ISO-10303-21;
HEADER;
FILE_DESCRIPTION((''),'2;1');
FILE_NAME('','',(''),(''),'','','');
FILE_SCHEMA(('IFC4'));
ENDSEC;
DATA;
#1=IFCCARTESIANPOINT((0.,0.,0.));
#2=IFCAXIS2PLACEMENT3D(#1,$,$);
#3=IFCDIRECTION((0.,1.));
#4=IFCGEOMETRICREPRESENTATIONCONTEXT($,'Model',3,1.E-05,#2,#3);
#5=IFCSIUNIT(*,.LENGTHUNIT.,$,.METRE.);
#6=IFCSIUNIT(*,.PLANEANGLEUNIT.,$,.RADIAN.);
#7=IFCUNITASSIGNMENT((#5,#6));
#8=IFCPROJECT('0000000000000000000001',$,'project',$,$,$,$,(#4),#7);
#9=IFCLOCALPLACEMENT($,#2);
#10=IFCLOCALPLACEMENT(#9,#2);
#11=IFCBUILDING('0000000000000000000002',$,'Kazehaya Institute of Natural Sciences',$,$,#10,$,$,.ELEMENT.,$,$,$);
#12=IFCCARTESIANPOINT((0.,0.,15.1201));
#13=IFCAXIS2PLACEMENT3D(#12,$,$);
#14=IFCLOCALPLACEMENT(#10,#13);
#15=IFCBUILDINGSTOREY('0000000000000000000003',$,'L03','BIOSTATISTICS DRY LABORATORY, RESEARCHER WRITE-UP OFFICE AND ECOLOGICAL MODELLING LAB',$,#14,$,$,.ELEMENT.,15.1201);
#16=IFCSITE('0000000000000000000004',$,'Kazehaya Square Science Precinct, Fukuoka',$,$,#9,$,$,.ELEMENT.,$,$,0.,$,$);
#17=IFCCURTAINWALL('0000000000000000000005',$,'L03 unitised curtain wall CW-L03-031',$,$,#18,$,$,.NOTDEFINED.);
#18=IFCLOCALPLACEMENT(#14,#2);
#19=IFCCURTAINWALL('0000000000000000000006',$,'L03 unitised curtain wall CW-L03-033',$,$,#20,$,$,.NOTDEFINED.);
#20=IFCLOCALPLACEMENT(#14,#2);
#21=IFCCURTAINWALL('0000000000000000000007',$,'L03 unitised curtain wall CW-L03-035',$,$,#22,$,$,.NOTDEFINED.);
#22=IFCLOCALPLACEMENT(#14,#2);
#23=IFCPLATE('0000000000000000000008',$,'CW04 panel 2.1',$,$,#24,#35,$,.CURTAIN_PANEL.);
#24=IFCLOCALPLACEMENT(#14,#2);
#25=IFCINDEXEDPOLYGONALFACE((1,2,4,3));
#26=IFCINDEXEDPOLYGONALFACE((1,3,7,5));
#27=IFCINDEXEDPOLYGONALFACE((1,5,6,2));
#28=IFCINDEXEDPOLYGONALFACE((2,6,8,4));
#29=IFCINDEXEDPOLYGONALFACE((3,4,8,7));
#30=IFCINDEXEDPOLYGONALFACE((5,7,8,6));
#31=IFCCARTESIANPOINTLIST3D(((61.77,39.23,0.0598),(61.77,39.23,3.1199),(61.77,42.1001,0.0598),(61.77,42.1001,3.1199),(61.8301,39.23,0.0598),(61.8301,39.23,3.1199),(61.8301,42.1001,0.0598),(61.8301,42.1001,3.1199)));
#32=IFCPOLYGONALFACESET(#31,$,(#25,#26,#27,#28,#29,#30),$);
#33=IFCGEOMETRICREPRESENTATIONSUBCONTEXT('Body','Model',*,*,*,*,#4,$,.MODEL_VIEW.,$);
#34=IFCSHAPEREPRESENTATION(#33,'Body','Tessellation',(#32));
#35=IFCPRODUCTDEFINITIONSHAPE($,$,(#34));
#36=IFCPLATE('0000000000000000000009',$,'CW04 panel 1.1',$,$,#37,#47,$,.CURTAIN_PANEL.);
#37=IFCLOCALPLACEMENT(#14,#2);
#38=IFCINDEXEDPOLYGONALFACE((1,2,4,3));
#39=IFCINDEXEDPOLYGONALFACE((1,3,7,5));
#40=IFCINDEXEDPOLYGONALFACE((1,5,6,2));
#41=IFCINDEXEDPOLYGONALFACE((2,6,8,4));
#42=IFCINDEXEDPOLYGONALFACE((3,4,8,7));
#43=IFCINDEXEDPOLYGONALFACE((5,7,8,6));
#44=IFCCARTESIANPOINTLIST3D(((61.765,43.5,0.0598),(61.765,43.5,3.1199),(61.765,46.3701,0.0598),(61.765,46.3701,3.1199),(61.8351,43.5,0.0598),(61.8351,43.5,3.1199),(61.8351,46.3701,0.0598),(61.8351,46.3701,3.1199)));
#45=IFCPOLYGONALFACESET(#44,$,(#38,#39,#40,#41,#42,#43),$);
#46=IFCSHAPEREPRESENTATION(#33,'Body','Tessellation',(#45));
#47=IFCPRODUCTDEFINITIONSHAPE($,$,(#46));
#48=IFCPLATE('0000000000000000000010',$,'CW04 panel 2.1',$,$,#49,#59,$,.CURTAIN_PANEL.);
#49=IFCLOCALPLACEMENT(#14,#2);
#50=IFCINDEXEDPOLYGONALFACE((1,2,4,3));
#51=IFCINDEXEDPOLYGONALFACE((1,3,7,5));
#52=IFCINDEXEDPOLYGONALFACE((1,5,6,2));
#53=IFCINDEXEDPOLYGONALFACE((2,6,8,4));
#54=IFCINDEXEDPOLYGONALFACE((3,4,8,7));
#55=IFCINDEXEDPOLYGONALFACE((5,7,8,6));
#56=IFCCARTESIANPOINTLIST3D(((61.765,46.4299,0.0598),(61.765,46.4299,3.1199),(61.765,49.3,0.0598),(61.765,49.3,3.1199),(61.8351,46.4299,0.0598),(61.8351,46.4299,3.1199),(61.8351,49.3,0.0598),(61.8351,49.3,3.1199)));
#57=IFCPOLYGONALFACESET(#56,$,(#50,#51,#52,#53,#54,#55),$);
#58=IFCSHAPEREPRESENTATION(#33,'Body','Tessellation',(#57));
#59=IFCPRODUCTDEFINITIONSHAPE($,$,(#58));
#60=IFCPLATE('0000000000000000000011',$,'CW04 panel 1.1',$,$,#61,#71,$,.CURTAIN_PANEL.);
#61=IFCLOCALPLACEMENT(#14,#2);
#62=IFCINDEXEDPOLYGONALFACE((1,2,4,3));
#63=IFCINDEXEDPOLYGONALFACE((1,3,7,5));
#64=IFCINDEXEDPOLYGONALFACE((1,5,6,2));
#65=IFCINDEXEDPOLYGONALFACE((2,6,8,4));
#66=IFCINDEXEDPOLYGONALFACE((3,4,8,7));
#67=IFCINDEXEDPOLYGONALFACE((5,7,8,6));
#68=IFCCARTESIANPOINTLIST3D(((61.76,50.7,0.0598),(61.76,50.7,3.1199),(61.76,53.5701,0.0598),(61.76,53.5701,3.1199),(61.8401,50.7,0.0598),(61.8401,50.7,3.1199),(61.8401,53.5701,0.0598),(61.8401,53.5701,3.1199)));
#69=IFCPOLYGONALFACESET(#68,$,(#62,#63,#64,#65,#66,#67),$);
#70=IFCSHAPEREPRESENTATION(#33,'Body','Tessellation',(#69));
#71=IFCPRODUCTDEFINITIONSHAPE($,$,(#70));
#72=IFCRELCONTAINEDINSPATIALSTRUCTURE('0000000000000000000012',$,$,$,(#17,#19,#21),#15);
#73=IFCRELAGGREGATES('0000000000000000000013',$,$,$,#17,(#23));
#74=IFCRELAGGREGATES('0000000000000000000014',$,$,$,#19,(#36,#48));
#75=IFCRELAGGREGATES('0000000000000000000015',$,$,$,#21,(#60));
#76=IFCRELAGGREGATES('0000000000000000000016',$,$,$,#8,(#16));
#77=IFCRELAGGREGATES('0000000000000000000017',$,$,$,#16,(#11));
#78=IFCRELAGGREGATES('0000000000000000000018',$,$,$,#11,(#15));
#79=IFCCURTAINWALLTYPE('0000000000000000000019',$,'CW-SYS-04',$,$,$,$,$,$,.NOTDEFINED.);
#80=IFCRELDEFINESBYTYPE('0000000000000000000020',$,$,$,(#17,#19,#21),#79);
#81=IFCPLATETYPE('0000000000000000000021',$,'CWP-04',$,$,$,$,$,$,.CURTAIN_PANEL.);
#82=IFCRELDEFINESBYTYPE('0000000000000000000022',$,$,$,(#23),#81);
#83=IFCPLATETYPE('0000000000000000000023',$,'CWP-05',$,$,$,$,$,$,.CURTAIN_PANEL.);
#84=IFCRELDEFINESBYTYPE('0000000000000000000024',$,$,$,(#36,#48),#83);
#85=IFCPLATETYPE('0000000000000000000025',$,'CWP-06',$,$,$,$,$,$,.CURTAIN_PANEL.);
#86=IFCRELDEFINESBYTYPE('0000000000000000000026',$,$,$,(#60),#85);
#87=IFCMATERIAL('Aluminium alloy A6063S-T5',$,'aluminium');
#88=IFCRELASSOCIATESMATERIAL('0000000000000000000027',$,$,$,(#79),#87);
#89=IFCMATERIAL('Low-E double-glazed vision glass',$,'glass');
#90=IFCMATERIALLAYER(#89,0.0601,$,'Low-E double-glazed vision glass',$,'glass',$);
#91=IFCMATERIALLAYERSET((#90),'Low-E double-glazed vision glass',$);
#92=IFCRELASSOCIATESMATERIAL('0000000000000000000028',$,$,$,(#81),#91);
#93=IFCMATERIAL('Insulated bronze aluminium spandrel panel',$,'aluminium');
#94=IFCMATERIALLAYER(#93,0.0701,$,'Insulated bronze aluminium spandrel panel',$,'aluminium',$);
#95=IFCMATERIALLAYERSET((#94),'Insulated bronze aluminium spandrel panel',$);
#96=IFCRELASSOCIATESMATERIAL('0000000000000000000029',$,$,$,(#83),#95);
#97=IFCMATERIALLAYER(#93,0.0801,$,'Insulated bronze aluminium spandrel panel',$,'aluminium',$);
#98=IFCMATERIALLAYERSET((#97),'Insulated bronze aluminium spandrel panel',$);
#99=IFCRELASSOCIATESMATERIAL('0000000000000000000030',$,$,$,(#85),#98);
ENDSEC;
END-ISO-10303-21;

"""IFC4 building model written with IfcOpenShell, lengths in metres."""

from ifc_helpers import new_model, si_unit, direction, frame, origin, origin_2d, place, context, subcontext, project, spatial, rectangle, extrude, material, layer, layer_set, type_object, element, aggregate, save


model = new_model("IFC4")

# Units and contexts
model_context = context("Model", 3, precision=1e-05, world=origin(), true_north=direction((0.0, 1.0)))
body_context = subcontext(model_context, "Body", "Model", "MODEL_VIEW")
ifc_project = project(units=[si_unit("LENGTHUNIT", "METRE"), si_unit("PLANEANGLEUNIT", "RADIAN")], contexts=[model_context])

# Site, building, storey
site_placement = place(None, origin())
site = spatial("IfcSite", under=ifc_project, at=site_placement, Name="Kazehaya Square Science Precinct, Fukuoka", CompositionType="ELEMENT", RefElevation=0.0)
building_placement = place(site_placement, origin())
building = spatial("IfcBuilding", under=site, at=building_placement, Name="Kazehaya Institute of Natural Sciences", CompositionType="ELEMENT")
storey_placement = place(building_placement, frame((0.0, 0.0, 15.1201)))
storey = spatial("IfcBuildingStorey", under=building, at=storey_placement, Name="L03", Description="BIOSTATISTICS DRY LABORATORY, RESEARCHER WRITE-UP OFFICE AND ECOLOGICAL MODELLING LAB", CompositionType="ELEMENT", Elevation=15.1201)

# Curtain walls
ifc_material_1 = material(Name="Aluminium alloy A6063S-T5", Category="aluminium")
curtain_wall_type = type_object("IfcCurtainWallType", Name="CW-SYS-04", PredefinedType="NOTDEFINED", material=ifc_material_1)
curtain_wall_1_placement = place(storey_placement, origin())
curtain_wall_1 = element("IfcCurtainWall", 1, at=curtain_wall_1_placement, inside=storey, type_object=curtain_wall_type, Name="L03 unitised curtain wall CW-L03-031", PredefinedType="NOTDEFINED")
curtain_wall_2_placement = place(storey_placement, origin())
curtain_wall_2 = element("IfcCurtainWall", 2, at=curtain_wall_2_placement, inside=storey, type_object=curtain_wall_type, Name="L03 unitised curtain wall CW-L03-033", PredefinedType="NOTDEFINED")
curtain_wall_3_placement = place(storey_placement, origin())
curtain_wall_3 = element("IfcCurtainWall", 3, at=curtain_wall_3_placement, inside=storey, type_object=curtain_wall_type, Name="L03 unitised curtain wall CW-L03-035", PredefinedType="NOTDEFINED")

# Plates
ifc_material_2 = material(Name="Low-E double-glazed vision glass", Category="glass")
ifc_layer_1 = layer(ifc_material_2, 0.0601, Name="Low-E double-glazed vision glass", Category="glass")
ifc_layer_set_1 = layer_set([ifc_layer_1], Name="Low-E double-glazed vision glass")
plate_type_1 = type_object("IfcPlateType", Name="CWP-04", PredefinedType="CURTAIN_PANEL", material=ifc_layer_set_1)
plate_1_placement = place(storey_placement, frame((61.8, 40.665, 0.0598), z_axis=(0.0, 0.0, 1.0), x_axis=(0.0, 1.0, 0.0)))
plate_1 = element("IfcPlate", 4, at=plate_1_placement, type_object=plate_type_1, Name="CW04 panel 2.1", PredefinedType="CURTAIN_PANEL", context=body_context, shape_type="SweptSolid", body=[
    extrude(rectangle(XDim=2.8701, YDim=0.0601, at=origin_2d()), origin(), (0.0, 0.0, 1.0), 3.0601),
])
aggregate(curtain_wall_1, [plate_1])
ifc_material_3 = material(Name="Insulated bronze aluminium spandrel panel", Category="aluminium")
ifc_layer_2 = layer(ifc_material_3, 0.0701, Name="Insulated bronze aluminium spandrel panel", Category="aluminium")
ifc_layer_set_2 = layer_set([ifc_layer_2], Name="Insulated bronze aluminium spandrel panel")
plate_type_2 = type_object("IfcPlateType", Name="CWP-05", PredefinedType="CURTAIN_PANEL", material=ifc_layer_set_2)
plate_2_placement = place(storey_placement, frame((61.8, 44.9351, 0.0598), z_axis=(0.0, 0.0, 1.0), x_axis=(0.0, 1.0, 0.0)))
plate_2 = element("IfcPlate", 5, at=plate_2_placement, type_object=plate_type_2, Name="CW04 panel 1.1", PredefinedType="CURTAIN_PANEL", context=body_context, shape_type="SweptSolid", body=[
    extrude(rectangle(XDim=2.8701, YDim=0.0701, at=origin_2d()), origin(), (0.0, 0.0, 1.0), 3.0601),
])
plate_3_placement = place(storey_placement, frame((61.8, 47.865, 0.0598), z_axis=(0.0, 0.0, 1.0), x_axis=(0.0, 1.0, 0.0)))
plate_3 = element("IfcPlate", 6, at=plate_3_placement, type_object=plate_type_2, Name="CW04 panel 2.1", PredefinedType="CURTAIN_PANEL", context=body_context, shape_type="SweptSolid", body=[
    extrude(rectangle(XDim=2.8701, YDim=0.0701, at=origin_2d()), origin(), (0.0, 0.0, 1.0), 3.0601),
])
aggregate(curtain_wall_2, [plate_2, plate_3])
ifc_layer_3 = layer(ifc_material_3, 0.0801, Name="Insulated bronze aluminium spandrel panel", Category="aluminium")
ifc_layer_set_3 = layer_set([ifc_layer_3], Name="Insulated bronze aluminium spandrel panel")
plate_type_3 = type_object("IfcPlateType", Name="CWP-06", PredefinedType="CURTAIN_PANEL", material=ifc_layer_set_3)
plate_4_placement = place(storey_placement, frame((61.8, 52.135, 0.0598), z_axis=(0.0, 0.0, 1.0), x_axis=(0.0, 1.0, 0.0)))
plate_4 = element("IfcPlate", 7, at=plate_4_placement, type_object=plate_type_3, Name="CW04 panel 1.1", PredefinedType="CURTAIN_PANEL", context=body_context, shape_type="SweptSolid", body=[
    extrude(rectangle(XDim=2.8701, YDim=0.0801, at=origin_2d()), origin(), (0.0, 0.0, 1.0), 3.0601),
])
aggregate(curtain_wall_3, [plate_4])

save(model, "model.ifc")
